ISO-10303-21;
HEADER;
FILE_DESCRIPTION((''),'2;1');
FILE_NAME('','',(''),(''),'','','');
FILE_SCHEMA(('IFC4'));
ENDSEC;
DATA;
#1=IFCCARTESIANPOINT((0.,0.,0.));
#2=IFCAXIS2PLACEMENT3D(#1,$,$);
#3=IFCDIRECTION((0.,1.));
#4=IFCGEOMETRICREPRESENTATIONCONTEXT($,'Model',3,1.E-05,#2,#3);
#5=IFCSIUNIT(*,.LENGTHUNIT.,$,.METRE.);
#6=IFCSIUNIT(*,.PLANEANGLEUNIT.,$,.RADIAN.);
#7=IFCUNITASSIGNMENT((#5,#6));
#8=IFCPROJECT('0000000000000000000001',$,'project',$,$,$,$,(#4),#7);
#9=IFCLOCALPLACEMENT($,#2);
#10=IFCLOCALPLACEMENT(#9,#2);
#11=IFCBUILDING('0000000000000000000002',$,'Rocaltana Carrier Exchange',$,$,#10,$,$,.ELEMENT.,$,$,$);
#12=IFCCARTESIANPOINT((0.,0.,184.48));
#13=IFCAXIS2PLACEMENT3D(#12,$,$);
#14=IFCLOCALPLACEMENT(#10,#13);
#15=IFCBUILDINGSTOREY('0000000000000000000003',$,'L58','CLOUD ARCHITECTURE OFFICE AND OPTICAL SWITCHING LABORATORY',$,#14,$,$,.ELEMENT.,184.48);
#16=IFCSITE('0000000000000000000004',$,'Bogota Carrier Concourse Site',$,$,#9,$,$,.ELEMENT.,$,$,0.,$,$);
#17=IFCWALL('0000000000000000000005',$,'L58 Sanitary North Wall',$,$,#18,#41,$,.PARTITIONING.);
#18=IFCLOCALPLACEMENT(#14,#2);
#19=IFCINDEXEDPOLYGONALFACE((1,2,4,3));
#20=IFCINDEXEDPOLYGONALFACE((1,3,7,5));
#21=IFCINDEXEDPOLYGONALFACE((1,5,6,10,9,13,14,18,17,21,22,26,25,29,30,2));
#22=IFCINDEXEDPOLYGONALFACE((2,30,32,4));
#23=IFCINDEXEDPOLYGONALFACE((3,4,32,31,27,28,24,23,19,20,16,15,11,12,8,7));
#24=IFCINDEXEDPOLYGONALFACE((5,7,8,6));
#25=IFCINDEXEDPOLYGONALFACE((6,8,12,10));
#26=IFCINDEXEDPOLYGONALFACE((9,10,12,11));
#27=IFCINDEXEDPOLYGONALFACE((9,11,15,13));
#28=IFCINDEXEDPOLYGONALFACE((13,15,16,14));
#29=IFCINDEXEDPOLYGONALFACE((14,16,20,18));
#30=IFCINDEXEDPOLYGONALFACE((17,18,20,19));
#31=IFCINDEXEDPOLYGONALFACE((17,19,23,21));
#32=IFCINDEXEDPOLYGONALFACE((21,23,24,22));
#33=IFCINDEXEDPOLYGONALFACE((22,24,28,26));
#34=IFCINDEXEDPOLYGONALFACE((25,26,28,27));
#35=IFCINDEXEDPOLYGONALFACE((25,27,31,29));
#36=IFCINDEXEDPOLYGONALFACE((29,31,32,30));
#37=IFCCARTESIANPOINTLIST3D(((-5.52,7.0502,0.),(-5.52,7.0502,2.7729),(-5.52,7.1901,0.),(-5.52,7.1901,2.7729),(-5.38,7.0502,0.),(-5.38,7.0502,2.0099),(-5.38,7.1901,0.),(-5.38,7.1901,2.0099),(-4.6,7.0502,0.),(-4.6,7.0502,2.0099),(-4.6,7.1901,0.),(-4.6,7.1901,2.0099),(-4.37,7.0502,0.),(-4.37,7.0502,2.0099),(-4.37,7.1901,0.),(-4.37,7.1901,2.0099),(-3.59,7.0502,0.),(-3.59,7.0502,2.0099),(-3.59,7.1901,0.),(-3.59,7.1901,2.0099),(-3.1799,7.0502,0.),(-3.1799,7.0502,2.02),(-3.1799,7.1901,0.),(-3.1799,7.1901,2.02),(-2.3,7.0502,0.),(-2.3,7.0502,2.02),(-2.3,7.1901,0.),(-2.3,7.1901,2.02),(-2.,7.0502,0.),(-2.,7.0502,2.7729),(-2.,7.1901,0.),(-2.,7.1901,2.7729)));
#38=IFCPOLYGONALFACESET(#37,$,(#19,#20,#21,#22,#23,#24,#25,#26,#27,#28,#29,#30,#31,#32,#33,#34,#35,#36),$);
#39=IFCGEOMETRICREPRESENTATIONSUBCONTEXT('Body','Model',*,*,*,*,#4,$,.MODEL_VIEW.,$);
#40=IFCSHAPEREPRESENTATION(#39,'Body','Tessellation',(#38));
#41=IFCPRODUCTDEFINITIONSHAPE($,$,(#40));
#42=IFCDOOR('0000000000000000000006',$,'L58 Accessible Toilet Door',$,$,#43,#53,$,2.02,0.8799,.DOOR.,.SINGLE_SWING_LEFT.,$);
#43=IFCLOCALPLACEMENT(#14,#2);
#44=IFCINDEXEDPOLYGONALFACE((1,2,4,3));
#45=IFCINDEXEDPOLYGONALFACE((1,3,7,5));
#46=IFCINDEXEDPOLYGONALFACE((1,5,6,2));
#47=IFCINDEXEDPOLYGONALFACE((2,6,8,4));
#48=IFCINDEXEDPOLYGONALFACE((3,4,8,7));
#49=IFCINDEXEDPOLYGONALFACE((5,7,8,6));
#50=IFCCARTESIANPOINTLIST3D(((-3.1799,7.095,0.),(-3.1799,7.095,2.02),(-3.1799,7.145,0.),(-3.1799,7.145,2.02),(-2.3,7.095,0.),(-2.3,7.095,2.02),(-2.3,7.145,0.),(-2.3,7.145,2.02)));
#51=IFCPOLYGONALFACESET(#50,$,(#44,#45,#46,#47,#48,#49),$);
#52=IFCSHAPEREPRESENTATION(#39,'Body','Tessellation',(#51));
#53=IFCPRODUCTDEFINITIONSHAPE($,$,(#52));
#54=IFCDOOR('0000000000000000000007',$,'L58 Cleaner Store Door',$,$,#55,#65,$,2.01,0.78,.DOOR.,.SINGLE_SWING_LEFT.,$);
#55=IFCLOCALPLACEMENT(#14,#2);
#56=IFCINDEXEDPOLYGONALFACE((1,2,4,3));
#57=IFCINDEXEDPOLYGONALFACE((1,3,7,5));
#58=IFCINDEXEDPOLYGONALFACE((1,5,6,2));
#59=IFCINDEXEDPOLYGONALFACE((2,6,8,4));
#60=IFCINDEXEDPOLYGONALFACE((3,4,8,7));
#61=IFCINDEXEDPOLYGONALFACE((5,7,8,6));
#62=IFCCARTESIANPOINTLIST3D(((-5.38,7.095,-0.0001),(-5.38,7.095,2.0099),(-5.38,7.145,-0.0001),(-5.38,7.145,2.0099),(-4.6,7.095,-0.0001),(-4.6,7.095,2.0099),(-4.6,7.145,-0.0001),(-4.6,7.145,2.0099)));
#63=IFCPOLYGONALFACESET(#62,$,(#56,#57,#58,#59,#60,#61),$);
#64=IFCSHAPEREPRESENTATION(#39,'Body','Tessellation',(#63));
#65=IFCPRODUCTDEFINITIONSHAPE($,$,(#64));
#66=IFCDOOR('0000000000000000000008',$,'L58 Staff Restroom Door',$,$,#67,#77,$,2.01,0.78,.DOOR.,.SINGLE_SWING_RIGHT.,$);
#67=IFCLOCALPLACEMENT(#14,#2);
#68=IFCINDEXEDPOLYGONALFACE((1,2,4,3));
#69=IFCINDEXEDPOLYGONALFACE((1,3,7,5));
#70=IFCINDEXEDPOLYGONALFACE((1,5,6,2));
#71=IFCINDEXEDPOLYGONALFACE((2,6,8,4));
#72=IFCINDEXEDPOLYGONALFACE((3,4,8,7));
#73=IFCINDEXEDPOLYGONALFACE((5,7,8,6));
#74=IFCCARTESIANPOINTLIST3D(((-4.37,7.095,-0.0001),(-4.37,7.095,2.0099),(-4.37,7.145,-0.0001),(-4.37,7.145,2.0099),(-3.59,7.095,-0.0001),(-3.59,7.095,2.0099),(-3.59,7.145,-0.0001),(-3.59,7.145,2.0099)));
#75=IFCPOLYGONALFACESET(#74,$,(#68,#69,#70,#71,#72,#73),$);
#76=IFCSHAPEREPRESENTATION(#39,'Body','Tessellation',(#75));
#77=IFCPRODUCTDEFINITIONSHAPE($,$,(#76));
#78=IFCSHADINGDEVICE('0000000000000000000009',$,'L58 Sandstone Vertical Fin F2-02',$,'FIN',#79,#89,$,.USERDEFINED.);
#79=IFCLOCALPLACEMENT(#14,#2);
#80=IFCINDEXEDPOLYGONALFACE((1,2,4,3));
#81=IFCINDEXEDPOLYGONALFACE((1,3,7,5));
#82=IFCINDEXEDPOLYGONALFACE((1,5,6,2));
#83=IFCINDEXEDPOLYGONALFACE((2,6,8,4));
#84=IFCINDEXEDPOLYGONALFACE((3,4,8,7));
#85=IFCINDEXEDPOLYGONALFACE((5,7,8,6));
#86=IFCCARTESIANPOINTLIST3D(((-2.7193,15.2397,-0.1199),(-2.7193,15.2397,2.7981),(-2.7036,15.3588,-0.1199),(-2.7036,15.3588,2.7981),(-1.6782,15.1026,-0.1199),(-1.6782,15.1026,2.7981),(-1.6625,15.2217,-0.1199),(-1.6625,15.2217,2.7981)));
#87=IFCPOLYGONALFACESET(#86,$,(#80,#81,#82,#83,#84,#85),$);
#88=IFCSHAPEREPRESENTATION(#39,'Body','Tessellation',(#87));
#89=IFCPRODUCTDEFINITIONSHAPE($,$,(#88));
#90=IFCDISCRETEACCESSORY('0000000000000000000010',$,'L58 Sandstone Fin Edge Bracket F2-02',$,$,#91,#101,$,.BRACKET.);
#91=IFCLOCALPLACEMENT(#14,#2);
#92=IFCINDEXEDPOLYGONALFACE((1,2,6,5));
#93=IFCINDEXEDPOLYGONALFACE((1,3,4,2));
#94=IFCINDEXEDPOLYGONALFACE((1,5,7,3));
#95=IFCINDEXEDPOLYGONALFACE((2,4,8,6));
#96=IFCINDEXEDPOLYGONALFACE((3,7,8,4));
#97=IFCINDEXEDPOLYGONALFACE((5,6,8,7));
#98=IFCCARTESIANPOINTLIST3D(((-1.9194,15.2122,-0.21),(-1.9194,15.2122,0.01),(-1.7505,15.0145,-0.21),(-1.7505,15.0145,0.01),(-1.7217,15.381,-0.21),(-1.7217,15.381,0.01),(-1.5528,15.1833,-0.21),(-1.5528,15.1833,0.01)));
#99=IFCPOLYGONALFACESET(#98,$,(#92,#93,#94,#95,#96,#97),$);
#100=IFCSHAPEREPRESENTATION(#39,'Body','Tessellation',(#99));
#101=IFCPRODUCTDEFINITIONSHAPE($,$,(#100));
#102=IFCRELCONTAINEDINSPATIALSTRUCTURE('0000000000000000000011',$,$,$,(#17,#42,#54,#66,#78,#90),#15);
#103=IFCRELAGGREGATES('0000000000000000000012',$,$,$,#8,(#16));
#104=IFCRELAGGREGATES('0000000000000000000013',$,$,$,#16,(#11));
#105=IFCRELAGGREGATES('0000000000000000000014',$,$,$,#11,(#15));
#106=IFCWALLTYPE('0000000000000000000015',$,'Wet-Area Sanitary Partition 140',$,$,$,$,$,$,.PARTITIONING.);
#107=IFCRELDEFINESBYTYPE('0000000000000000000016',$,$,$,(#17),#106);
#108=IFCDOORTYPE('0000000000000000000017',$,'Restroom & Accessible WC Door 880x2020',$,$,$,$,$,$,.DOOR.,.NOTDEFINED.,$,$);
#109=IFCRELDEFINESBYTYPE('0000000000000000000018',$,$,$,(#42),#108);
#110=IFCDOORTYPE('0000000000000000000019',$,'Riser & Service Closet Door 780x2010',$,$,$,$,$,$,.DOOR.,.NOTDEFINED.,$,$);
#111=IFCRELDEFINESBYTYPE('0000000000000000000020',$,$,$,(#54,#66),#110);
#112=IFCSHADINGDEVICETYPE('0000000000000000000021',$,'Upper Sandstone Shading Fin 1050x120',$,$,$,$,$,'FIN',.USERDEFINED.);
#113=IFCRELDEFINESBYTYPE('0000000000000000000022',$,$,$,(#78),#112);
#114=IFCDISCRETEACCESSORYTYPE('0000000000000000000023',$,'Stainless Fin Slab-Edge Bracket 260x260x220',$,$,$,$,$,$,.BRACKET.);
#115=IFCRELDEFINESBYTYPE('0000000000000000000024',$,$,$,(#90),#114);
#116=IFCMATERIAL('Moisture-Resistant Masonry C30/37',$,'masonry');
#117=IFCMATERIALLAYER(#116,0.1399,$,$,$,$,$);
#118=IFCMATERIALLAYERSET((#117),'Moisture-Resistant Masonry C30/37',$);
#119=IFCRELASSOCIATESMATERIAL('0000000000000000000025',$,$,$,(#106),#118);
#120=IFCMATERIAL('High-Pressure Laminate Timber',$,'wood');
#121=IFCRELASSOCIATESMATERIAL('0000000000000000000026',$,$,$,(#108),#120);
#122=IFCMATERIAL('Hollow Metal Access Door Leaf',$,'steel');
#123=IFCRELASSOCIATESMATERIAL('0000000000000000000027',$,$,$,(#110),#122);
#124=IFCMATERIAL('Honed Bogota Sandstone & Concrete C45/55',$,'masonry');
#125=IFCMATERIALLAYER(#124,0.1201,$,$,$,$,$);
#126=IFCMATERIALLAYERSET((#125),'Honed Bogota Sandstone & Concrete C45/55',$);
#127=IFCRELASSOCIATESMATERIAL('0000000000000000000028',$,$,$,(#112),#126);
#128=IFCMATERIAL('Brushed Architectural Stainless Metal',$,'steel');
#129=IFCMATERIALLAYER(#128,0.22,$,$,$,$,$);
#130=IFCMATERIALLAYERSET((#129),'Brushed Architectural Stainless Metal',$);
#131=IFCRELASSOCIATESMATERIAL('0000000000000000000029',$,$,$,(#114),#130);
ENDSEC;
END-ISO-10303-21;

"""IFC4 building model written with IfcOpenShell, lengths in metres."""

from ifc_helpers import new_model, si_unit, direction, frame, frame_2d, origin, origin_2d, place, context, subcontext, project, spatial, rectangle, extrude, material, layer, layer_set, type_object, element, fill, save


model = new_model("IFC4")

# Units and contexts
model_context = context("Model", 3, precision=1e-05, world=origin(), true_north=direction((0.0, 1.0)))
body_context = subcontext(model_context, "Body", "Model", "MODEL_VIEW")
ifc_project = project(units=[si_unit("LENGTHUNIT", "METRE"), si_unit("PLANEANGLEUNIT", "RADIAN")], contexts=[model_context])

# Site, building, storey
site_placement = place(None, origin())
site = spatial("IfcSite", under=ifc_project, at=site_placement, Name="Bogota Carrier Concourse Site", CompositionType="ELEMENT", RefElevation=0.0)
building_placement = place(site_placement, origin())
building = spatial("IfcBuilding", under=site, at=building_placement, Name="Rocaltana Carrier Exchange", CompositionType="ELEMENT")
storey_placement = place(building_placement, frame((0.0, 0.0, 184.48)))
storey = spatial("IfcBuildingStorey", under=building, at=storey_placement, Name="L58", Description="CLOUD ARCHITECTURE OFFICE AND OPTICAL SWITCHING LABORATORY", CompositionType="ELEMENT", Elevation=184.48)

# Shared definitions
ifc_material_1 = material(Name="Moisture-Resistant Masonry C30/37", Category="masonry")
ifc_layer_1 = layer(ifc_material_1, 0.1399)
ifc_layer_set_1 = layer_set([ifc_layer_1], Name="Moisture-Resistant Masonry C30/37")
wall_type_1 = type_object("IfcWallType", Name="Wet-Area Sanitary Partition 140", PredefinedType="PARTITIONING", material=ifc_layer_set_1)

# Wall, openings, doors
wall_1_placement = place(storey_placement, frame((-5.52, 7.1201, 0.0), z_axis=(0.0, 0.0, 1.0), x_axis=(1.0, 0.0, 0.0)))
wall_1 = element("IfcWall", 1, at=wall_1_placement, inside=storey, type_object=wall_type_1, Name="L58 Sanitary North Wall", PredefinedType="PARTITIONING", context=body_context, shape_type="SweptSolid", body=[
    extrude(rectangle(XDim=3.52, YDim=0.1399, at=frame_2d((1.76, 0.0))), origin(), (0.0, 0.0, 1.0), 2.7729),
])
opening_1_placement = place(wall_1_placement, frame((0.1399, 0.0, 0.0)))
opening_1 = element("IfcOpeningElement", 2, at=opening_1_placement, cuts=wall_1, PredefinedType="OPENING", context=body_context, shape_type="SweptSolid", body=[
    extrude(rectangle(XDim=0.78, YDim=2.01, at=frame_2d((0.3901, 1.0049))), frame((0.0, 0.0798, 0.0), z_axis=(0.0, -1.0, 0.0), x_axis=(1.0, 0.0, 0.0)), (0.0, 0.0, 1.0), 0.1599),
])
opening_2_placement = place(wall_1_placement, frame((1.1499, 0.0, 0.0)))
opening_2 = element("IfcOpeningElement", 3, at=opening_2_placement, cuts=wall_1, PredefinedType="OPENING", context=body_context, shape_type="SweptSolid", body=[
    extrude(rectangle(XDim=0.78, YDim=2.01, at=frame_2d((0.3901, 1.0049))), frame((0.0, 0.0798, 0.0), z_axis=(0.0, -1.0, 0.0), x_axis=(1.0, 0.0, 0.0)), (0.0, 0.0, 1.0), 0.1599),
])
opening_3_placement = place(wall_1_placement, frame((2.3401, 0.0, 0.0)))
opening_3 = element("IfcOpeningElement", 4, at=opening_3_placement, cuts=wall_1, PredefinedType="OPENING", context=body_context, shape_type="SweptSolid", body=[
    extrude(rectangle(XDim=0.8799, YDim=2.02, at=frame_2d((0.4399, 1.01))), frame((0.0, 0.0798, 0.0), z_axis=(0.0, -1.0, 0.0), x_axis=(1.0, 0.0, 0.0)), (0.0, 0.0, 1.0), 0.1599),
])
ifc_material_2 = material(Name="High-Pressure Laminate Timber", Category="wood")
door_type_1 = type_object("IfcDoorType", Name="Restroom & Accessible WC Door 880x2020", OperationType="NOTDEFINED", PredefinedType="DOOR", material=ifc_material_2)
door_1_placement = place(opening_3_placement, origin())
door_1 = element("IfcDoor", 5, at=door_1_placement, inside=storey, type_object=door_type_1, Name="L58 Accessible Toilet Door", OperationType="SINGLE_SWING_LEFT", OverallHeight=2.02, OverallWidth=0.8799, PredefinedType="DOOR", context=body_context, shape_type="SweptSolid", body=[
    extrude(rectangle(XDim=0.8799, YDim=2.02, at=frame_2d((0.4399, 1.01))), frame((0.0, 0.0249, 0.0), z_axis=(0.0, -1.0, 0.0), x_axis=(1.0, 0.0, 0.0)), (0.0, 0.0, 1.0), 0.05),
])
fill(opening_3, door_1)
ifc_material_3 = material(Name="Hollow Metal Access Door Leaf", Category="steel")
door_type_2 = type_object("IfcDoorType", Name="Riser & Service Closet Door 780x2010", OperationType="NOTDEFINED", PredefinedType="DOOR", material=ifc_material_3)
door_2_placement = place(opening_1_placement, origin())
door_2 = element("IfcDoor", 6, at=door_2_placement, inside=storey, type_object=door_type_2, Name="L58 Cleaner Store Door", OperationType="SINGLE_SWING_LEFT", OverallHeight=2.01, OverallWidth=0.78, PredefinedType="DOOR", context=body_context, shape_type="SweptSolid", body=[
    extrude(rectangle(XDim=0.78, YDim=2.01, at=frame_2d((0.3901, 1.0049))), frame((0.0, 0.0249, 0.0), z_axis=(0.0, -1.0, 0.0), x_axis=(1.0, 0.0, 0.0)), (0.0, 0.0, 1.0), 0.05),
])
fill(opening_1, door_2)
door_3_placement = place(opening_2_placement, origin())
door_3 = element("IfcDoor", 7, at=door_3_placement, inside=storey, type_object=door_type_2, Name="L58 Staff Restroom Door", OperationType="SINGLE_SWING_RIGHT", OverallHeight=2.01, OverallWidth=0.78, PredefinedType="DOOR", context=body_context, shape_type="SweptSolid", body=[
    extrude(rectangle(XDim=0.78, YDim=2.01, at=frame_2d((0.3901, 1.0049))), frame((0.0, 0.0249, 0.0), z_axis=(0.0, -1.0, 0.0), x_axis=(1.0, 0.0, 0.0)), (0.0, 0.0, 1.0), 0.05),
])
fill(opening_2, door_3)

# Shading device
ifc_material_4 = material(Name="Honed Bogota Sandstone & Concrete C45/55", Category="masonry")
ifc_layer_2 = layer(ifc_material_4, 0.1201)
ifc_layer_set_2 = layer_set([ifc_layer_2], Name="Honed Bogota Sandstone & Concrete C45/55")
shading_device_type = type_object("IfcShadingDeviceType", Name="Upper Sandstone Shading Fin 1050x120", ElementType="FIN", PredefinedType="USERDEFINED", material=ifc_layer_set_2)
shading_device_placement = place(storey_placement, frame((-2.1909, 15.2307, -0.1199), z_axis=(0.0, 0.0, 1.0), x_axis=(-0.991445, 0.130526, 0.0)))
element("IfcShadingDevice", 8, at=shading_device_placement, inside=storey, type_object=shading_device_type, Name="L58 Sandstone Vertical Fin F2-02", ObjectType="FIN", PredefinedType="USERDEFINED", context=body_context, shape_type="SweptSolid", body=[
    extrude(rectangle(XDim=1.05, YDim=0.1201, at=origin_2d()), origin(), (0.0, 0.0, 1.0), 2.918),
])

# Discrete accessory
ifc_material_5 = material(Name="Brushed Architectural Stainless Metal", Category="steel")
ifc_layer_3 = layer(ifc_material_5, 0.22)
ifc_layer_set_3 = layer_set([ifc_layer_3], Name="Brushed Architectural Stainless Metal")
discrete_accessory_type = type_object("IfcDiscreteAccessoryType", Name="Stainless Fin Slab-Edge Bracket 260x260x220", PredefinedType="BRACKET", material=ifc_layer_set_3)
discrete_accessory_placement = place(storey_placement, frame((-1.7361, 15.1978, -0.21), z_axis=(0.0, 0.0, 1.0), x_axis=(-0.760406, -0.649448, 0.0)))
element("IfcDiscreteAccessory", 9, at=discrete_accessory_placement, inside=storey, type_object=discrete_accessory_type, Name="L58 Sandstone Fin Edge Bracket F2-02", PredefinedType="BRACKET", context=body_context, shape_type="SweptSolid", body=[
    extrude(rectangle(XDim=0.26, YDim=0.26, at=origin_2d()), origin(), (0.0, 0.0, 1.0), 0.22),
])

save(model, "model.ifc")
